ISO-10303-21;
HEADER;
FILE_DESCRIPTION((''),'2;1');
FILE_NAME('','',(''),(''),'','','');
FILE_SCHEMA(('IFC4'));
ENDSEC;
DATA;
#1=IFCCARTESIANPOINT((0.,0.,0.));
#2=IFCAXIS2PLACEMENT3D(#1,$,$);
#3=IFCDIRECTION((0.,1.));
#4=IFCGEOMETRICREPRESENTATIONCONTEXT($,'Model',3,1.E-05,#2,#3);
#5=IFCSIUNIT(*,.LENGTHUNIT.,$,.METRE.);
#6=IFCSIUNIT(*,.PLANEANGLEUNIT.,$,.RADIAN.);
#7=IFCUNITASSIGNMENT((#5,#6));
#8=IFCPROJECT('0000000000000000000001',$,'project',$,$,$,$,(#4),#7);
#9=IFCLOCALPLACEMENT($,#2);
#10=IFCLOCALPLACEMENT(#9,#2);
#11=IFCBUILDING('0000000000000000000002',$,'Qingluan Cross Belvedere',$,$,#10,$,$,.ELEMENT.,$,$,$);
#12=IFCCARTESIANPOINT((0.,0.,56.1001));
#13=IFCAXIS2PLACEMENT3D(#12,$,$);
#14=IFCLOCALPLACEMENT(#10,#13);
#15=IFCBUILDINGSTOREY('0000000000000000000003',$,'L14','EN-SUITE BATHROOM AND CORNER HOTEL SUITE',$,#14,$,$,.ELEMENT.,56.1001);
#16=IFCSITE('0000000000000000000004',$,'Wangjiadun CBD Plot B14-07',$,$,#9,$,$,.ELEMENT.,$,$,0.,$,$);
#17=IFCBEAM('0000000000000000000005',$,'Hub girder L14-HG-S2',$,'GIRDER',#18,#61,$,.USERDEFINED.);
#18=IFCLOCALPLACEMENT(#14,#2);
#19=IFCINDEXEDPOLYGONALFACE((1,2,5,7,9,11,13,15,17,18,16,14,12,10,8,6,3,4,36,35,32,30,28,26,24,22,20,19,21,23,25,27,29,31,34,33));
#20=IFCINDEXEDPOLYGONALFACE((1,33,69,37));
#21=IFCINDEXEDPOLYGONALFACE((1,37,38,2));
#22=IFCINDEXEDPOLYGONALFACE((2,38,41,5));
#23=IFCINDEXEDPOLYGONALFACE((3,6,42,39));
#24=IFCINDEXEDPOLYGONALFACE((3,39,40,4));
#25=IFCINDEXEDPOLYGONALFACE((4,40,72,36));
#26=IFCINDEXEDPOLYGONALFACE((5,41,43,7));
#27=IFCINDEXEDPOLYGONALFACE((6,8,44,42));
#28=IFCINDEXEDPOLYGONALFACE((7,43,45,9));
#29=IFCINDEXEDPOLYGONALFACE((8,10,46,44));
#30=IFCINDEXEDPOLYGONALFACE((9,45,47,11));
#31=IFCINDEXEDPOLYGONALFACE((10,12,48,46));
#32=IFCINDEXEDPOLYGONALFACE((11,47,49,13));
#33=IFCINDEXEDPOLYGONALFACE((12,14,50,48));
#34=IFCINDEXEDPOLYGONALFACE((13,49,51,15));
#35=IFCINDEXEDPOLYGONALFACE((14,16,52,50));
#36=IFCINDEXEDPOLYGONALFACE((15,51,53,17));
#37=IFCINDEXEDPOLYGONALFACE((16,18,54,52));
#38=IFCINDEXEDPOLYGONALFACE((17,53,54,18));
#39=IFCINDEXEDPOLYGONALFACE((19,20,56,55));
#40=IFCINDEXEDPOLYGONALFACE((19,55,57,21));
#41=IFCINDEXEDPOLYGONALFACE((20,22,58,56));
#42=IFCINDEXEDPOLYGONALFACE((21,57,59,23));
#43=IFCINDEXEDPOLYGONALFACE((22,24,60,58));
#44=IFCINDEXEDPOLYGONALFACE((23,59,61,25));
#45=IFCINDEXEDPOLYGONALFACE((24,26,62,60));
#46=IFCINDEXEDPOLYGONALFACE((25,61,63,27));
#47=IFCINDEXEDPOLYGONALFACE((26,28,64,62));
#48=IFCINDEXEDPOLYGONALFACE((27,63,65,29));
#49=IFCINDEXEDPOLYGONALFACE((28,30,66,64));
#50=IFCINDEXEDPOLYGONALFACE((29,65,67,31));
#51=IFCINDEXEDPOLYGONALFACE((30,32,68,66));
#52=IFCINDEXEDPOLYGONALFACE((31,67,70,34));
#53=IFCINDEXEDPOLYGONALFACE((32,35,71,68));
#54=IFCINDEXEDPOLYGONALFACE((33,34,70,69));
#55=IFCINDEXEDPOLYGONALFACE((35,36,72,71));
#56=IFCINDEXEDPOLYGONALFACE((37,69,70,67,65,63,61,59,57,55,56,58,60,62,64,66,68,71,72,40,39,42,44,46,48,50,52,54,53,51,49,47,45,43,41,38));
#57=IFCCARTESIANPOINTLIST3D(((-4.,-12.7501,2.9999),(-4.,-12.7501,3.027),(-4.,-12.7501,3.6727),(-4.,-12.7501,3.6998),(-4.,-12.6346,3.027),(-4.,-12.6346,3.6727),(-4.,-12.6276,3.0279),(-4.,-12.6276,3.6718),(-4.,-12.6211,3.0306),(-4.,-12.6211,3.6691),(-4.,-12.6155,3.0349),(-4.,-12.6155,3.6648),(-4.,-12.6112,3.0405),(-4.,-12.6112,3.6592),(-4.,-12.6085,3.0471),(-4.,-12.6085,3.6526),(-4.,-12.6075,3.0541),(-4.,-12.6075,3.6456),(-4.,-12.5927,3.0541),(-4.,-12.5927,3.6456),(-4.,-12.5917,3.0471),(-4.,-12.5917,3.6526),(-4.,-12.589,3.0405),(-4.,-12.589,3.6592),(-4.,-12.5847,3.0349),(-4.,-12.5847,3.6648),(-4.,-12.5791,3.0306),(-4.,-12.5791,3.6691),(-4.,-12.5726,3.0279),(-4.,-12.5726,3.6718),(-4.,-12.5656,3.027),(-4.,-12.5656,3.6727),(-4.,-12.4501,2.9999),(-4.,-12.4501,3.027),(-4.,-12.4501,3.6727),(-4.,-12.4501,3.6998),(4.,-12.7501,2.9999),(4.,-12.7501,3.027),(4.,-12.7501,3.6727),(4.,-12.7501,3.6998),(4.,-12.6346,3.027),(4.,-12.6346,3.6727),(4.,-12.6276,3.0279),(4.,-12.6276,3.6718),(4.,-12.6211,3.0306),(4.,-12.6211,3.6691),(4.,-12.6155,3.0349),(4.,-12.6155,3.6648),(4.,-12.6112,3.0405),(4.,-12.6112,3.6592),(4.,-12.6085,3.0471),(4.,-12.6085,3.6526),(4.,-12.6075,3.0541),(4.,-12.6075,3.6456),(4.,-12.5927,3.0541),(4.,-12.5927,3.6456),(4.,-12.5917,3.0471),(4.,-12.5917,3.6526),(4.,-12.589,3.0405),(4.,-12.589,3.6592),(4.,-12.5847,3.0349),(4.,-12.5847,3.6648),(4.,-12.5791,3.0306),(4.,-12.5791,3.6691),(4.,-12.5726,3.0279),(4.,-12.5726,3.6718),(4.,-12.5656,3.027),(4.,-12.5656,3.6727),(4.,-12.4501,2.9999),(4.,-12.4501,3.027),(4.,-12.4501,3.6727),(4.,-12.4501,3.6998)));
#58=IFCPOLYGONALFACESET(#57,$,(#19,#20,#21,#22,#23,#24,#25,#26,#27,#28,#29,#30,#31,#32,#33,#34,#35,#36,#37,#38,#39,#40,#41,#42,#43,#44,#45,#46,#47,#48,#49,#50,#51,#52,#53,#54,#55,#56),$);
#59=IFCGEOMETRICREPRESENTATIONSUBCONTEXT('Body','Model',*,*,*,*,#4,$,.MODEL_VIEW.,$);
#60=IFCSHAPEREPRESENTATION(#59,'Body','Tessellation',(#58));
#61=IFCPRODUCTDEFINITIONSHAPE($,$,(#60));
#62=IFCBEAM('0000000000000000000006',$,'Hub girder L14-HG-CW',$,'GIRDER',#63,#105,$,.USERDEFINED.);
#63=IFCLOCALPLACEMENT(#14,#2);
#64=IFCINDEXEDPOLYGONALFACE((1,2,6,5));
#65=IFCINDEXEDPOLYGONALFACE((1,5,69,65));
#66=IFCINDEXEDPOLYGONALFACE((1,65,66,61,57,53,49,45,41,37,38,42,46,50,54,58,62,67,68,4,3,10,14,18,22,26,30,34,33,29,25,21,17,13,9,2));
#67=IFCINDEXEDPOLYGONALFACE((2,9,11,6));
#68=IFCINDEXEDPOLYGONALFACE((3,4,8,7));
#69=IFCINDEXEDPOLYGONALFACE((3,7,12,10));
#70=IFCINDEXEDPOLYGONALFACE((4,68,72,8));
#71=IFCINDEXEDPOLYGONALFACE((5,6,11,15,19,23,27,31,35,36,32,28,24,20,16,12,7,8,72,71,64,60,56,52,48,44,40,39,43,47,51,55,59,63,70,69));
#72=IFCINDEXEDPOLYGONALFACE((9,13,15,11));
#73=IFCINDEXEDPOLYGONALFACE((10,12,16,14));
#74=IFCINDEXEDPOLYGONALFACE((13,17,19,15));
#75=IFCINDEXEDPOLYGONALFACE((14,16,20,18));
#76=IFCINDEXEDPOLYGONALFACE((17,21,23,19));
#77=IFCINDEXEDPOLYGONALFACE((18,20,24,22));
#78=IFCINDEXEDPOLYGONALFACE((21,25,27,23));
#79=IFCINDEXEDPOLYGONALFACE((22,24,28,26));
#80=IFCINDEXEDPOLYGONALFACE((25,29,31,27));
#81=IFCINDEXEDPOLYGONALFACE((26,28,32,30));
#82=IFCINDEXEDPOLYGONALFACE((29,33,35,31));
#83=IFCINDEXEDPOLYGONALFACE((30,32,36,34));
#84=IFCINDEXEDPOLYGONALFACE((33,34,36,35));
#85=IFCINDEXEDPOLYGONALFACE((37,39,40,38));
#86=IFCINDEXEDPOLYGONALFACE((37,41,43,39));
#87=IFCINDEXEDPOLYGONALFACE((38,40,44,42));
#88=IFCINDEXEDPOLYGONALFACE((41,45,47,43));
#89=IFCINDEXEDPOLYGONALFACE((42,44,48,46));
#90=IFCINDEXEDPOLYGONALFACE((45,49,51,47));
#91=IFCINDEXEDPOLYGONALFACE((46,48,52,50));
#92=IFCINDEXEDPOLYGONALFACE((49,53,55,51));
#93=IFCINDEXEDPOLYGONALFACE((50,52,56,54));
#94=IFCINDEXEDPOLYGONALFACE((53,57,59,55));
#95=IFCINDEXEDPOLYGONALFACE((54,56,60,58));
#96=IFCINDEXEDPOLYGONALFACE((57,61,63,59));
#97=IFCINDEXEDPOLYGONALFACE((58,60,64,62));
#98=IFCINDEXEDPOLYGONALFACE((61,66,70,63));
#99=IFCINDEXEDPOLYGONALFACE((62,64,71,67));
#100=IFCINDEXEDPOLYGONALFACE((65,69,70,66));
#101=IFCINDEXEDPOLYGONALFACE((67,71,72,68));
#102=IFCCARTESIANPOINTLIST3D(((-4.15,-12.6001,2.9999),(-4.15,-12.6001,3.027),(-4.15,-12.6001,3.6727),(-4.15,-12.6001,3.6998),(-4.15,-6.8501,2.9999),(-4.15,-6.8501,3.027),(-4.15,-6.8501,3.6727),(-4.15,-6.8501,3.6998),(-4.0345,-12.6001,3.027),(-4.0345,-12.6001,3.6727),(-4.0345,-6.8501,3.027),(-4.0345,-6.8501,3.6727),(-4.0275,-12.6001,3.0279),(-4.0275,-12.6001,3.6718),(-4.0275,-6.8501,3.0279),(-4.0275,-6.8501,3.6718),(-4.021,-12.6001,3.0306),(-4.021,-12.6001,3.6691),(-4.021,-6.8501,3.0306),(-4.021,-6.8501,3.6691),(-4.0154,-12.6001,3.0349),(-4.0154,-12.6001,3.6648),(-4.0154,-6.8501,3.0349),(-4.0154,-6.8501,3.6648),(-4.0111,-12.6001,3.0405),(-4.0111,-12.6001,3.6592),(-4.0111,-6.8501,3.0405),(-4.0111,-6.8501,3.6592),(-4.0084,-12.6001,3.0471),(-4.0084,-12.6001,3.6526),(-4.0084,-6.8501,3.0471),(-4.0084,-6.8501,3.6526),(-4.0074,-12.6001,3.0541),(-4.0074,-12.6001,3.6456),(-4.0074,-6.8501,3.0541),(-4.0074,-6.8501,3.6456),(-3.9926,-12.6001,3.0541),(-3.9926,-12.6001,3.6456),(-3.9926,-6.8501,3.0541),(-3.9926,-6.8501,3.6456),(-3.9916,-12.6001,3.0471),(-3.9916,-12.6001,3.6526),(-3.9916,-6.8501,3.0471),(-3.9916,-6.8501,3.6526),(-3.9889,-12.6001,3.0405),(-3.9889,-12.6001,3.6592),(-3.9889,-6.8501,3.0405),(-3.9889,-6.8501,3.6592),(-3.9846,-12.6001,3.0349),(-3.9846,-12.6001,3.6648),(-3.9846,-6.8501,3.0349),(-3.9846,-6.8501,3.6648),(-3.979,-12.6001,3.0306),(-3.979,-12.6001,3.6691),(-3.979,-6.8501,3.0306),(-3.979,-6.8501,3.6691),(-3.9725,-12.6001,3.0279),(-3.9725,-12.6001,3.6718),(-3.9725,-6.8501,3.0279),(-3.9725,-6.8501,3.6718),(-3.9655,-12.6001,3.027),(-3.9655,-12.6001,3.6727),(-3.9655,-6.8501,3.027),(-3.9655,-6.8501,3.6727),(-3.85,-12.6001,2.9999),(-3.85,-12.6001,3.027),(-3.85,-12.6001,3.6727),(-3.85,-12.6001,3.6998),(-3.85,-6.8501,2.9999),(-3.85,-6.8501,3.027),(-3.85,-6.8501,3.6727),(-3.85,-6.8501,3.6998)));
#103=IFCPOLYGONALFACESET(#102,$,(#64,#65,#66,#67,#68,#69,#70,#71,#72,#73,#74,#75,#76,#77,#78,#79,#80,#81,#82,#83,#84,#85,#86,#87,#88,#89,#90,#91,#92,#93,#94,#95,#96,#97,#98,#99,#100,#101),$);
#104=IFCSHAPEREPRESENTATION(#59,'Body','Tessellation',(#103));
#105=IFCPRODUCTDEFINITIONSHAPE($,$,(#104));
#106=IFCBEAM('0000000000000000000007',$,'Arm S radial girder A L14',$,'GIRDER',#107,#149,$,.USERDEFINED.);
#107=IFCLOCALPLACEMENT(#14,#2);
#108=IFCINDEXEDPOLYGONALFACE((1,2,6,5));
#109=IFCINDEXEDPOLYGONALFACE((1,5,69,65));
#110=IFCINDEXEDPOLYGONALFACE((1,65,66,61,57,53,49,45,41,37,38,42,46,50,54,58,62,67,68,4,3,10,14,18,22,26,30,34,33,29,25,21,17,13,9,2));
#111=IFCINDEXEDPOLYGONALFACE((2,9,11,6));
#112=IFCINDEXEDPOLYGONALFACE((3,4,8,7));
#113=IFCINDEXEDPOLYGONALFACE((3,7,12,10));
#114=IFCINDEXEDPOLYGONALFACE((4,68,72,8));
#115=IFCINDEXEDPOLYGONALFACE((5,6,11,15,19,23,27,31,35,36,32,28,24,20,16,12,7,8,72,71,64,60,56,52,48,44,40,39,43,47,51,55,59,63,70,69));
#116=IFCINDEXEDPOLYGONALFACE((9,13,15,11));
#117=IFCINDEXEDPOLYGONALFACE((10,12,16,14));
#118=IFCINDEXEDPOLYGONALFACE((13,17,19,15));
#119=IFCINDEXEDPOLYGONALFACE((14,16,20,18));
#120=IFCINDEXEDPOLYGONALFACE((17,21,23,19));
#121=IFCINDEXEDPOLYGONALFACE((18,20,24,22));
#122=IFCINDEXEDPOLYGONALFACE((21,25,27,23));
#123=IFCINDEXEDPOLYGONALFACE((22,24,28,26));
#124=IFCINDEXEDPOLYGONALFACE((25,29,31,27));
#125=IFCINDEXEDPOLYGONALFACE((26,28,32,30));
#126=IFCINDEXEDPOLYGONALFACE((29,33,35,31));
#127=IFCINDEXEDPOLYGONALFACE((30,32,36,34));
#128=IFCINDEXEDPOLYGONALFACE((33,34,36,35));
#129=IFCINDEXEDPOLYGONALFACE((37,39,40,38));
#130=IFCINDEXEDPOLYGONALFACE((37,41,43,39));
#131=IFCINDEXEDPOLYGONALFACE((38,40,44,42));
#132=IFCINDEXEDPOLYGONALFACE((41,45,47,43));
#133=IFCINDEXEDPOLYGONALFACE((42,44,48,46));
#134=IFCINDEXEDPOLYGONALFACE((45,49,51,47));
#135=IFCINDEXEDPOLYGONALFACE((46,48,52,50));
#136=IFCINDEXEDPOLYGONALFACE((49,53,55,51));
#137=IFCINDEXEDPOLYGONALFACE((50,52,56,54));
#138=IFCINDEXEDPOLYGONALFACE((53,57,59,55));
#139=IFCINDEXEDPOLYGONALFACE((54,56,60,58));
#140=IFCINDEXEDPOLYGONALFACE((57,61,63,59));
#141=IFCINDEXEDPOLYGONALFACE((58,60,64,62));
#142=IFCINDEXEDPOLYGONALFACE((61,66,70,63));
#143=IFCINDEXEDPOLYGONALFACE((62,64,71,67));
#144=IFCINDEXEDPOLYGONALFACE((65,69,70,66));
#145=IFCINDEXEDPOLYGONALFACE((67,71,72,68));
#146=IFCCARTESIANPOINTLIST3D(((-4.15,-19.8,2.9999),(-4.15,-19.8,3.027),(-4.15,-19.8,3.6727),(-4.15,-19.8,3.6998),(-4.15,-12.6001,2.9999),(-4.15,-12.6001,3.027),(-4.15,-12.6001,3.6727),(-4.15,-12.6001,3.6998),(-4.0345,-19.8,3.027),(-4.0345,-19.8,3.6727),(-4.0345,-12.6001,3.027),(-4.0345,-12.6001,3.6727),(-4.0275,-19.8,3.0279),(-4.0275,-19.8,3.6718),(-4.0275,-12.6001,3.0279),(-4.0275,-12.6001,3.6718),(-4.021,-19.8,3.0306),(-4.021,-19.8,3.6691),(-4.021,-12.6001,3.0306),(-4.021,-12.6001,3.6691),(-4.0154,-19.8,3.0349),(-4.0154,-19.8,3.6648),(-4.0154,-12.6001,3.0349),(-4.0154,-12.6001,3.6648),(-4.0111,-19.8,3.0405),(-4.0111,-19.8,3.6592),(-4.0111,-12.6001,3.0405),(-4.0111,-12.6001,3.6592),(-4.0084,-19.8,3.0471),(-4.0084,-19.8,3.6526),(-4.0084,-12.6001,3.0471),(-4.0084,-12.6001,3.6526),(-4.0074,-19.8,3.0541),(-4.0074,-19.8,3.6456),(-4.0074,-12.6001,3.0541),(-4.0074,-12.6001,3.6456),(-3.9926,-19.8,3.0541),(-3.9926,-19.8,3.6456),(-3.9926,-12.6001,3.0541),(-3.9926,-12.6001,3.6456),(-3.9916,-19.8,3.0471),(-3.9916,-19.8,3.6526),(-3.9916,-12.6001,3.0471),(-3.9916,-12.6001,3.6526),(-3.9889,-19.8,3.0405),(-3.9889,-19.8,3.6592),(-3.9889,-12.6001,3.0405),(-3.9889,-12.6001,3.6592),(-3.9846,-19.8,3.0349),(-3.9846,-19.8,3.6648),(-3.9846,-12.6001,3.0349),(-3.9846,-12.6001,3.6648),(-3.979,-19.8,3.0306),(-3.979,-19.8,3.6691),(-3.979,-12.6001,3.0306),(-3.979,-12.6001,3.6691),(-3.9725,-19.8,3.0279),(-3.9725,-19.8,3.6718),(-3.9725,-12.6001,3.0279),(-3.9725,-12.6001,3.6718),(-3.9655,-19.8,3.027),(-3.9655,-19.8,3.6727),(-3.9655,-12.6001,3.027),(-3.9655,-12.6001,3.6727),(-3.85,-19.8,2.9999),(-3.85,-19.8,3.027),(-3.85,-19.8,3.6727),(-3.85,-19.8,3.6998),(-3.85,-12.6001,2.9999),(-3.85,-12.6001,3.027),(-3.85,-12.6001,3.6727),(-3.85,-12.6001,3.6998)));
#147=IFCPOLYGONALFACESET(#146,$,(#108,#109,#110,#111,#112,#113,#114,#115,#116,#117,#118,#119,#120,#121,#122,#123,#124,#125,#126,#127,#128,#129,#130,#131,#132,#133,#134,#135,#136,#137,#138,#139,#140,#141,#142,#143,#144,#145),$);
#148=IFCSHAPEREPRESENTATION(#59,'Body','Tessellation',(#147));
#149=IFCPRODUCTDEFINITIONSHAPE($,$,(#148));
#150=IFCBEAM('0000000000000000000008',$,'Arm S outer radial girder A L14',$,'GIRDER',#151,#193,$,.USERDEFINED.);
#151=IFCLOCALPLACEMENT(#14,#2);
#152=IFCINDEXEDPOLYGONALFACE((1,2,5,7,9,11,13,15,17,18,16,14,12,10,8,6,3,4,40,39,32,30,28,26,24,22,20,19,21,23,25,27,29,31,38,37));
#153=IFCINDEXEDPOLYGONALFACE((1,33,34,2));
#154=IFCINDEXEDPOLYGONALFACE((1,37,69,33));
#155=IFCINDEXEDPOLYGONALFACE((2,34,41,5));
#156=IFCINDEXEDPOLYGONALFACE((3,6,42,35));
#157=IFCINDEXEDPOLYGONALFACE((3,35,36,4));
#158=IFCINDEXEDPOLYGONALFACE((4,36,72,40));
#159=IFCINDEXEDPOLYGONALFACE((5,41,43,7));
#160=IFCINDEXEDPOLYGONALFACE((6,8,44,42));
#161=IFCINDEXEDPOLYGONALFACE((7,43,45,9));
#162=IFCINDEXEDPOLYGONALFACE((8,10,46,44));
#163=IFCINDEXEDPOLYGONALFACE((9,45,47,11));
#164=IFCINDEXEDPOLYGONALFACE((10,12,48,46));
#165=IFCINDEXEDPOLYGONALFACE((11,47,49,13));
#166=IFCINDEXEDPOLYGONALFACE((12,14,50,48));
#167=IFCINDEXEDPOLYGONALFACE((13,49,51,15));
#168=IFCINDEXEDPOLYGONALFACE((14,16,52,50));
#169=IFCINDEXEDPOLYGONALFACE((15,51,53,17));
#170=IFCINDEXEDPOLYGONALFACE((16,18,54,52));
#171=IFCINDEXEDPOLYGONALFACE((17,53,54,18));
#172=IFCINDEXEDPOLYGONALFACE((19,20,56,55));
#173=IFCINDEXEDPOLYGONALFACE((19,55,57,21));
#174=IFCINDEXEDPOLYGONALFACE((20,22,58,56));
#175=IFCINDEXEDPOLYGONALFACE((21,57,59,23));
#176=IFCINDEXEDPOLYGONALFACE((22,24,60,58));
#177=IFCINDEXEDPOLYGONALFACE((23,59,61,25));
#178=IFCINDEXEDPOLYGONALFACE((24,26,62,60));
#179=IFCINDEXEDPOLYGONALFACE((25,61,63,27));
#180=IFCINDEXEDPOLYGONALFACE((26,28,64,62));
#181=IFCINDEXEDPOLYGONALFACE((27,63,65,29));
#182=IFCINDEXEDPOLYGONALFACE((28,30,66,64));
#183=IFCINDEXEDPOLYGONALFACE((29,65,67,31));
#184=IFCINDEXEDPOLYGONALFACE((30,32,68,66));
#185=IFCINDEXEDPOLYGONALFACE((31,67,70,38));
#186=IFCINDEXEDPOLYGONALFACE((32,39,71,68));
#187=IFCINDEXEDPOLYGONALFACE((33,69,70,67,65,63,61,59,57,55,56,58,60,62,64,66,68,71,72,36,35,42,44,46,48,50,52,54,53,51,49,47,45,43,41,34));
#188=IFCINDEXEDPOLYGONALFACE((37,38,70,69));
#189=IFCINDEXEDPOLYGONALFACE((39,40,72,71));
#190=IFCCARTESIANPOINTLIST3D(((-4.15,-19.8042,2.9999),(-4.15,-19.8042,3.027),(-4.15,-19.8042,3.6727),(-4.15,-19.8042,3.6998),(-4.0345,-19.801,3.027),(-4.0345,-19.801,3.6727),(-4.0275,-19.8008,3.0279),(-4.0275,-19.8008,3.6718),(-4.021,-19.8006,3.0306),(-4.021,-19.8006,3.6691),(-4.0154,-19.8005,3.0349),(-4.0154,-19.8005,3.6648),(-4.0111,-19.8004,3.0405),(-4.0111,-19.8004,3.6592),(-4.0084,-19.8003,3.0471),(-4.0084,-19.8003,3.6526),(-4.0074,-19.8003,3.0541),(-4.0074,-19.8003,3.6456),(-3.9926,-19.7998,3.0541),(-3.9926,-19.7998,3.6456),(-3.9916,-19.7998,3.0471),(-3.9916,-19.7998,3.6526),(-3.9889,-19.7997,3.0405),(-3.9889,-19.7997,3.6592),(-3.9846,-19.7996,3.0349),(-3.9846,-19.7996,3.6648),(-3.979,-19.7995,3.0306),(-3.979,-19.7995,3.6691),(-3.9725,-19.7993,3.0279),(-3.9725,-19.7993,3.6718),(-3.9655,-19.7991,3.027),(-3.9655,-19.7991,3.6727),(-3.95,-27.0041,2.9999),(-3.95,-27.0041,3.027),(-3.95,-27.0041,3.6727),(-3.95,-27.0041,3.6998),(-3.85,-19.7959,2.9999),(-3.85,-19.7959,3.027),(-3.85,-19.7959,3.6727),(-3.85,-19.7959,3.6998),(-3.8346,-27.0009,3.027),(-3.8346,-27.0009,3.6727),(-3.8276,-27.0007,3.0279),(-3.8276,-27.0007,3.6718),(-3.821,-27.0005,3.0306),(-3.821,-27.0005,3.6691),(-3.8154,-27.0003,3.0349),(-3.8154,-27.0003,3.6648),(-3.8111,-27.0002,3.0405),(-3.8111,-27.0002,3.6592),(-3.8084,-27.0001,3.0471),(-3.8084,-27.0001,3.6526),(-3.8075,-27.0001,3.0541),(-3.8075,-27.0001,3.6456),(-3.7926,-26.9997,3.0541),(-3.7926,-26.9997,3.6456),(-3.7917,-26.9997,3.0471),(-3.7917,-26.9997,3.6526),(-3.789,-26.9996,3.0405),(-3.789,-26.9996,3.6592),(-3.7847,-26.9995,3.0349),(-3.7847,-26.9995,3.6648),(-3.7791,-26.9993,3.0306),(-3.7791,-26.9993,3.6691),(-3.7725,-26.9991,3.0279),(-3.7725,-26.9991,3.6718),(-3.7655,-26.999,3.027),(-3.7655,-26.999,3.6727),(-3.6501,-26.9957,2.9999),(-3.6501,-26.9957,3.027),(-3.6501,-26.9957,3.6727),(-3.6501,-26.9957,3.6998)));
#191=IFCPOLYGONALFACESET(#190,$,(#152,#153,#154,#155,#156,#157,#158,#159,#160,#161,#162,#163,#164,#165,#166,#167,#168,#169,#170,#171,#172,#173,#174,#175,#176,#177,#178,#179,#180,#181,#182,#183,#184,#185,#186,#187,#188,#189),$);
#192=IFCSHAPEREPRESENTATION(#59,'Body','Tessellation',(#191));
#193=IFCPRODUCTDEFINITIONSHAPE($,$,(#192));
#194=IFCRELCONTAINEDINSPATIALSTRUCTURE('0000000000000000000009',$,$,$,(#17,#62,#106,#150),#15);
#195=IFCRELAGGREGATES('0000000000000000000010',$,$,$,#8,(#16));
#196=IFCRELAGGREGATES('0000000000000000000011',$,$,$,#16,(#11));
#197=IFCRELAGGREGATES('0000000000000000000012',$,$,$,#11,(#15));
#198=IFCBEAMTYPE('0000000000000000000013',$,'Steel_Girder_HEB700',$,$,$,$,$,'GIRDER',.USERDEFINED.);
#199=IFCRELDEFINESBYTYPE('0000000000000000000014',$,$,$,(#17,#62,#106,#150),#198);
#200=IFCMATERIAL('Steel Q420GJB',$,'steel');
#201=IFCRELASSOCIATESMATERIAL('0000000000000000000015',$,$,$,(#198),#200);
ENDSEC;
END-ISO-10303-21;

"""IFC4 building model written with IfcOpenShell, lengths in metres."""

from ifc_helpers import new_model, si_unit, direction, frame, origin, origin_2d, place, context, subcontext, project, spatial, i_section, extrude, material, material_profile, profile_set, type_object, element, save


model = new_model("IFC4")

# Units and contexts
model_context = context("Model", 3, precision=1e-05, world=origin(), true_north=direction((0.0, 1.0)))
body_context = subcontext(model_context, "Body", "Model", "MODEL_VIEW")
ifc_project = project(units=[si_unit("LENGTHUNIT", "METRE"), si_unit("PLANEANGLEUNIT", "RADIAN")], contexts=[model_context])

# Site, building, storey
site_placement = place(None, origin())
site = spatial("IfcSite", under=ifc_project, at=site_placement, Name="Wangjiadun CBD Plot B14-07", CompositionType="ELEMENT", RefElevation=0.0)
building_placement = place(site_placement, origin())
building = spatial("IfcBuilding", under=site, at=building_placement, Name="Qingluan Cross Belvedere", CompositionType="ELEMENT")
storey_placement = place(building_placement, frame((0.0, 0.0, 56.1001)))
storey = spatial("IfcBuildingStorey", under=building, at=storey_placement, Name="L14", Description="EN-SUITE BATHROOM AND CORNER HOTEL SUITE", CompositionType="ELEMENT", Elevation=56.1001)

# Beams
ifc_material_1 = material(Name="Steel Q420GJB", Category="steel")
ifc_material_profile_1 = material_profile(ifc_material_1, i_section(OverallWidth=0.3, OverallDepth=0.7, WebThickness=0.0149, FlangeThickness=0.0271, FilletRadius=0.0271, at=origin_2d()), Name="HEB700")
ifc_profile_set_1 = profile_set([ifc_material_profile_1], Name="Steel Q420GJB")
beam_type_1 = type_object("IfcBeamType", Name="Steel_Girder_HEB700", ElementType="GIRDER", PredefinedType="USERDEFINED", material=ifc_profile_set_1)
beam_1_placement = place(storey_placement, frame((-4.0, -12.6001, 3.3499), z_axis=(1.0, 0.0, 0.0), x_axis=(0.0, 1.0, 0.0)))
element("IfcBeam", 1, at=beam_1_placement, inside=storey, type_object=beam_type_1, Name="Hub girder L14-HG-S2", ObjectType="GIRDER", PredefinedType="USERDEFINED", context=body_context, shape_type="SweptSolid", body=[
    extrude(i_section(OverallWidth=0.3, OverallDepth=0.7, WebThickness=0.0149, FlangeThickness=0.0271, FilletRadius=0.0271, at=origin_2d()), origin(), (0.0, 0.0, 1.0), 8.0),
])
beam_2_placement = place(storey_placement, frame((-4.0, -12.6001, 3.3499), z_axis=(0.0, 1.0, 0.0), x_axis=(-1.0, 0.0, 0.0)))
element("IfcBeam", 2, at=beam_2_placement, inside=storey, type_object=beam_type_1, Name="Hub girder L14-HG-CW", ObjectType="GIRDER", PredefinedType="USERDEFINED", context=body_context, shape_type="SweptSolid", body=[
    extrude(i_section(OverallWidth=0.3, OverallDepth=0.7, WebThickness=0.0149, FlangeThickness=0.0271, FilletRadius=0.0271, at=origin_2d()), origin(), (0.0, 0.0, 1.0), 5.75),
])
beam_3_placement = place(storey_placement, frame((-4.0, -12.6001, 3.3499), z_axis=(0.0, -1.0, 0.0), x_axis=(1.0, 0.0, 0.0)))
element("IfcBeam", 3, at=beam_3_placement, inside=storey, type_object=beam_type_1, Name="Arm S radial girder A L14", ObjectType="GIRDER", PredefinedType="USERDEFINED", context=body_context, shape_type="SweptSolid", body=[
    extrude(i_section(OverallWidth=0.3, OverallDepth=0.7, WebThickness=0.0149, FlangeThickness=0.0271, FilletRadius=0.0271, at=origin_2d()), origin(), (0.0, 0.0, 1.0), 7.2),
])
beam_4_placement = place(storey_placement, frame((-4.0, -19.8, 3.3499), z_axis=(0.02776, -0.999615, 0.0), x_axis=(0.999615, 0.02776, 0.0)))
element("IfcBeam", 4, at=beam_4_placement, inside=storey, type_object=beam_type_1, Name="Arm S outer radial girder A L14", ObjectType="GIRDER", PredefinedType="USERDEFINED", context=body_context, shape_type="SweptSolid", body=[
    extrude(i_section(OverallWidth=0.3, OverallDepth=0.7, WebThickness=0.0149, FlangeThickness=0.0271, FilletRadius=0.0271, at=origin_2d()), origin(), (0.0, 0.0, 1.0), 7.2026),
])

save(model, "model.ifc")
